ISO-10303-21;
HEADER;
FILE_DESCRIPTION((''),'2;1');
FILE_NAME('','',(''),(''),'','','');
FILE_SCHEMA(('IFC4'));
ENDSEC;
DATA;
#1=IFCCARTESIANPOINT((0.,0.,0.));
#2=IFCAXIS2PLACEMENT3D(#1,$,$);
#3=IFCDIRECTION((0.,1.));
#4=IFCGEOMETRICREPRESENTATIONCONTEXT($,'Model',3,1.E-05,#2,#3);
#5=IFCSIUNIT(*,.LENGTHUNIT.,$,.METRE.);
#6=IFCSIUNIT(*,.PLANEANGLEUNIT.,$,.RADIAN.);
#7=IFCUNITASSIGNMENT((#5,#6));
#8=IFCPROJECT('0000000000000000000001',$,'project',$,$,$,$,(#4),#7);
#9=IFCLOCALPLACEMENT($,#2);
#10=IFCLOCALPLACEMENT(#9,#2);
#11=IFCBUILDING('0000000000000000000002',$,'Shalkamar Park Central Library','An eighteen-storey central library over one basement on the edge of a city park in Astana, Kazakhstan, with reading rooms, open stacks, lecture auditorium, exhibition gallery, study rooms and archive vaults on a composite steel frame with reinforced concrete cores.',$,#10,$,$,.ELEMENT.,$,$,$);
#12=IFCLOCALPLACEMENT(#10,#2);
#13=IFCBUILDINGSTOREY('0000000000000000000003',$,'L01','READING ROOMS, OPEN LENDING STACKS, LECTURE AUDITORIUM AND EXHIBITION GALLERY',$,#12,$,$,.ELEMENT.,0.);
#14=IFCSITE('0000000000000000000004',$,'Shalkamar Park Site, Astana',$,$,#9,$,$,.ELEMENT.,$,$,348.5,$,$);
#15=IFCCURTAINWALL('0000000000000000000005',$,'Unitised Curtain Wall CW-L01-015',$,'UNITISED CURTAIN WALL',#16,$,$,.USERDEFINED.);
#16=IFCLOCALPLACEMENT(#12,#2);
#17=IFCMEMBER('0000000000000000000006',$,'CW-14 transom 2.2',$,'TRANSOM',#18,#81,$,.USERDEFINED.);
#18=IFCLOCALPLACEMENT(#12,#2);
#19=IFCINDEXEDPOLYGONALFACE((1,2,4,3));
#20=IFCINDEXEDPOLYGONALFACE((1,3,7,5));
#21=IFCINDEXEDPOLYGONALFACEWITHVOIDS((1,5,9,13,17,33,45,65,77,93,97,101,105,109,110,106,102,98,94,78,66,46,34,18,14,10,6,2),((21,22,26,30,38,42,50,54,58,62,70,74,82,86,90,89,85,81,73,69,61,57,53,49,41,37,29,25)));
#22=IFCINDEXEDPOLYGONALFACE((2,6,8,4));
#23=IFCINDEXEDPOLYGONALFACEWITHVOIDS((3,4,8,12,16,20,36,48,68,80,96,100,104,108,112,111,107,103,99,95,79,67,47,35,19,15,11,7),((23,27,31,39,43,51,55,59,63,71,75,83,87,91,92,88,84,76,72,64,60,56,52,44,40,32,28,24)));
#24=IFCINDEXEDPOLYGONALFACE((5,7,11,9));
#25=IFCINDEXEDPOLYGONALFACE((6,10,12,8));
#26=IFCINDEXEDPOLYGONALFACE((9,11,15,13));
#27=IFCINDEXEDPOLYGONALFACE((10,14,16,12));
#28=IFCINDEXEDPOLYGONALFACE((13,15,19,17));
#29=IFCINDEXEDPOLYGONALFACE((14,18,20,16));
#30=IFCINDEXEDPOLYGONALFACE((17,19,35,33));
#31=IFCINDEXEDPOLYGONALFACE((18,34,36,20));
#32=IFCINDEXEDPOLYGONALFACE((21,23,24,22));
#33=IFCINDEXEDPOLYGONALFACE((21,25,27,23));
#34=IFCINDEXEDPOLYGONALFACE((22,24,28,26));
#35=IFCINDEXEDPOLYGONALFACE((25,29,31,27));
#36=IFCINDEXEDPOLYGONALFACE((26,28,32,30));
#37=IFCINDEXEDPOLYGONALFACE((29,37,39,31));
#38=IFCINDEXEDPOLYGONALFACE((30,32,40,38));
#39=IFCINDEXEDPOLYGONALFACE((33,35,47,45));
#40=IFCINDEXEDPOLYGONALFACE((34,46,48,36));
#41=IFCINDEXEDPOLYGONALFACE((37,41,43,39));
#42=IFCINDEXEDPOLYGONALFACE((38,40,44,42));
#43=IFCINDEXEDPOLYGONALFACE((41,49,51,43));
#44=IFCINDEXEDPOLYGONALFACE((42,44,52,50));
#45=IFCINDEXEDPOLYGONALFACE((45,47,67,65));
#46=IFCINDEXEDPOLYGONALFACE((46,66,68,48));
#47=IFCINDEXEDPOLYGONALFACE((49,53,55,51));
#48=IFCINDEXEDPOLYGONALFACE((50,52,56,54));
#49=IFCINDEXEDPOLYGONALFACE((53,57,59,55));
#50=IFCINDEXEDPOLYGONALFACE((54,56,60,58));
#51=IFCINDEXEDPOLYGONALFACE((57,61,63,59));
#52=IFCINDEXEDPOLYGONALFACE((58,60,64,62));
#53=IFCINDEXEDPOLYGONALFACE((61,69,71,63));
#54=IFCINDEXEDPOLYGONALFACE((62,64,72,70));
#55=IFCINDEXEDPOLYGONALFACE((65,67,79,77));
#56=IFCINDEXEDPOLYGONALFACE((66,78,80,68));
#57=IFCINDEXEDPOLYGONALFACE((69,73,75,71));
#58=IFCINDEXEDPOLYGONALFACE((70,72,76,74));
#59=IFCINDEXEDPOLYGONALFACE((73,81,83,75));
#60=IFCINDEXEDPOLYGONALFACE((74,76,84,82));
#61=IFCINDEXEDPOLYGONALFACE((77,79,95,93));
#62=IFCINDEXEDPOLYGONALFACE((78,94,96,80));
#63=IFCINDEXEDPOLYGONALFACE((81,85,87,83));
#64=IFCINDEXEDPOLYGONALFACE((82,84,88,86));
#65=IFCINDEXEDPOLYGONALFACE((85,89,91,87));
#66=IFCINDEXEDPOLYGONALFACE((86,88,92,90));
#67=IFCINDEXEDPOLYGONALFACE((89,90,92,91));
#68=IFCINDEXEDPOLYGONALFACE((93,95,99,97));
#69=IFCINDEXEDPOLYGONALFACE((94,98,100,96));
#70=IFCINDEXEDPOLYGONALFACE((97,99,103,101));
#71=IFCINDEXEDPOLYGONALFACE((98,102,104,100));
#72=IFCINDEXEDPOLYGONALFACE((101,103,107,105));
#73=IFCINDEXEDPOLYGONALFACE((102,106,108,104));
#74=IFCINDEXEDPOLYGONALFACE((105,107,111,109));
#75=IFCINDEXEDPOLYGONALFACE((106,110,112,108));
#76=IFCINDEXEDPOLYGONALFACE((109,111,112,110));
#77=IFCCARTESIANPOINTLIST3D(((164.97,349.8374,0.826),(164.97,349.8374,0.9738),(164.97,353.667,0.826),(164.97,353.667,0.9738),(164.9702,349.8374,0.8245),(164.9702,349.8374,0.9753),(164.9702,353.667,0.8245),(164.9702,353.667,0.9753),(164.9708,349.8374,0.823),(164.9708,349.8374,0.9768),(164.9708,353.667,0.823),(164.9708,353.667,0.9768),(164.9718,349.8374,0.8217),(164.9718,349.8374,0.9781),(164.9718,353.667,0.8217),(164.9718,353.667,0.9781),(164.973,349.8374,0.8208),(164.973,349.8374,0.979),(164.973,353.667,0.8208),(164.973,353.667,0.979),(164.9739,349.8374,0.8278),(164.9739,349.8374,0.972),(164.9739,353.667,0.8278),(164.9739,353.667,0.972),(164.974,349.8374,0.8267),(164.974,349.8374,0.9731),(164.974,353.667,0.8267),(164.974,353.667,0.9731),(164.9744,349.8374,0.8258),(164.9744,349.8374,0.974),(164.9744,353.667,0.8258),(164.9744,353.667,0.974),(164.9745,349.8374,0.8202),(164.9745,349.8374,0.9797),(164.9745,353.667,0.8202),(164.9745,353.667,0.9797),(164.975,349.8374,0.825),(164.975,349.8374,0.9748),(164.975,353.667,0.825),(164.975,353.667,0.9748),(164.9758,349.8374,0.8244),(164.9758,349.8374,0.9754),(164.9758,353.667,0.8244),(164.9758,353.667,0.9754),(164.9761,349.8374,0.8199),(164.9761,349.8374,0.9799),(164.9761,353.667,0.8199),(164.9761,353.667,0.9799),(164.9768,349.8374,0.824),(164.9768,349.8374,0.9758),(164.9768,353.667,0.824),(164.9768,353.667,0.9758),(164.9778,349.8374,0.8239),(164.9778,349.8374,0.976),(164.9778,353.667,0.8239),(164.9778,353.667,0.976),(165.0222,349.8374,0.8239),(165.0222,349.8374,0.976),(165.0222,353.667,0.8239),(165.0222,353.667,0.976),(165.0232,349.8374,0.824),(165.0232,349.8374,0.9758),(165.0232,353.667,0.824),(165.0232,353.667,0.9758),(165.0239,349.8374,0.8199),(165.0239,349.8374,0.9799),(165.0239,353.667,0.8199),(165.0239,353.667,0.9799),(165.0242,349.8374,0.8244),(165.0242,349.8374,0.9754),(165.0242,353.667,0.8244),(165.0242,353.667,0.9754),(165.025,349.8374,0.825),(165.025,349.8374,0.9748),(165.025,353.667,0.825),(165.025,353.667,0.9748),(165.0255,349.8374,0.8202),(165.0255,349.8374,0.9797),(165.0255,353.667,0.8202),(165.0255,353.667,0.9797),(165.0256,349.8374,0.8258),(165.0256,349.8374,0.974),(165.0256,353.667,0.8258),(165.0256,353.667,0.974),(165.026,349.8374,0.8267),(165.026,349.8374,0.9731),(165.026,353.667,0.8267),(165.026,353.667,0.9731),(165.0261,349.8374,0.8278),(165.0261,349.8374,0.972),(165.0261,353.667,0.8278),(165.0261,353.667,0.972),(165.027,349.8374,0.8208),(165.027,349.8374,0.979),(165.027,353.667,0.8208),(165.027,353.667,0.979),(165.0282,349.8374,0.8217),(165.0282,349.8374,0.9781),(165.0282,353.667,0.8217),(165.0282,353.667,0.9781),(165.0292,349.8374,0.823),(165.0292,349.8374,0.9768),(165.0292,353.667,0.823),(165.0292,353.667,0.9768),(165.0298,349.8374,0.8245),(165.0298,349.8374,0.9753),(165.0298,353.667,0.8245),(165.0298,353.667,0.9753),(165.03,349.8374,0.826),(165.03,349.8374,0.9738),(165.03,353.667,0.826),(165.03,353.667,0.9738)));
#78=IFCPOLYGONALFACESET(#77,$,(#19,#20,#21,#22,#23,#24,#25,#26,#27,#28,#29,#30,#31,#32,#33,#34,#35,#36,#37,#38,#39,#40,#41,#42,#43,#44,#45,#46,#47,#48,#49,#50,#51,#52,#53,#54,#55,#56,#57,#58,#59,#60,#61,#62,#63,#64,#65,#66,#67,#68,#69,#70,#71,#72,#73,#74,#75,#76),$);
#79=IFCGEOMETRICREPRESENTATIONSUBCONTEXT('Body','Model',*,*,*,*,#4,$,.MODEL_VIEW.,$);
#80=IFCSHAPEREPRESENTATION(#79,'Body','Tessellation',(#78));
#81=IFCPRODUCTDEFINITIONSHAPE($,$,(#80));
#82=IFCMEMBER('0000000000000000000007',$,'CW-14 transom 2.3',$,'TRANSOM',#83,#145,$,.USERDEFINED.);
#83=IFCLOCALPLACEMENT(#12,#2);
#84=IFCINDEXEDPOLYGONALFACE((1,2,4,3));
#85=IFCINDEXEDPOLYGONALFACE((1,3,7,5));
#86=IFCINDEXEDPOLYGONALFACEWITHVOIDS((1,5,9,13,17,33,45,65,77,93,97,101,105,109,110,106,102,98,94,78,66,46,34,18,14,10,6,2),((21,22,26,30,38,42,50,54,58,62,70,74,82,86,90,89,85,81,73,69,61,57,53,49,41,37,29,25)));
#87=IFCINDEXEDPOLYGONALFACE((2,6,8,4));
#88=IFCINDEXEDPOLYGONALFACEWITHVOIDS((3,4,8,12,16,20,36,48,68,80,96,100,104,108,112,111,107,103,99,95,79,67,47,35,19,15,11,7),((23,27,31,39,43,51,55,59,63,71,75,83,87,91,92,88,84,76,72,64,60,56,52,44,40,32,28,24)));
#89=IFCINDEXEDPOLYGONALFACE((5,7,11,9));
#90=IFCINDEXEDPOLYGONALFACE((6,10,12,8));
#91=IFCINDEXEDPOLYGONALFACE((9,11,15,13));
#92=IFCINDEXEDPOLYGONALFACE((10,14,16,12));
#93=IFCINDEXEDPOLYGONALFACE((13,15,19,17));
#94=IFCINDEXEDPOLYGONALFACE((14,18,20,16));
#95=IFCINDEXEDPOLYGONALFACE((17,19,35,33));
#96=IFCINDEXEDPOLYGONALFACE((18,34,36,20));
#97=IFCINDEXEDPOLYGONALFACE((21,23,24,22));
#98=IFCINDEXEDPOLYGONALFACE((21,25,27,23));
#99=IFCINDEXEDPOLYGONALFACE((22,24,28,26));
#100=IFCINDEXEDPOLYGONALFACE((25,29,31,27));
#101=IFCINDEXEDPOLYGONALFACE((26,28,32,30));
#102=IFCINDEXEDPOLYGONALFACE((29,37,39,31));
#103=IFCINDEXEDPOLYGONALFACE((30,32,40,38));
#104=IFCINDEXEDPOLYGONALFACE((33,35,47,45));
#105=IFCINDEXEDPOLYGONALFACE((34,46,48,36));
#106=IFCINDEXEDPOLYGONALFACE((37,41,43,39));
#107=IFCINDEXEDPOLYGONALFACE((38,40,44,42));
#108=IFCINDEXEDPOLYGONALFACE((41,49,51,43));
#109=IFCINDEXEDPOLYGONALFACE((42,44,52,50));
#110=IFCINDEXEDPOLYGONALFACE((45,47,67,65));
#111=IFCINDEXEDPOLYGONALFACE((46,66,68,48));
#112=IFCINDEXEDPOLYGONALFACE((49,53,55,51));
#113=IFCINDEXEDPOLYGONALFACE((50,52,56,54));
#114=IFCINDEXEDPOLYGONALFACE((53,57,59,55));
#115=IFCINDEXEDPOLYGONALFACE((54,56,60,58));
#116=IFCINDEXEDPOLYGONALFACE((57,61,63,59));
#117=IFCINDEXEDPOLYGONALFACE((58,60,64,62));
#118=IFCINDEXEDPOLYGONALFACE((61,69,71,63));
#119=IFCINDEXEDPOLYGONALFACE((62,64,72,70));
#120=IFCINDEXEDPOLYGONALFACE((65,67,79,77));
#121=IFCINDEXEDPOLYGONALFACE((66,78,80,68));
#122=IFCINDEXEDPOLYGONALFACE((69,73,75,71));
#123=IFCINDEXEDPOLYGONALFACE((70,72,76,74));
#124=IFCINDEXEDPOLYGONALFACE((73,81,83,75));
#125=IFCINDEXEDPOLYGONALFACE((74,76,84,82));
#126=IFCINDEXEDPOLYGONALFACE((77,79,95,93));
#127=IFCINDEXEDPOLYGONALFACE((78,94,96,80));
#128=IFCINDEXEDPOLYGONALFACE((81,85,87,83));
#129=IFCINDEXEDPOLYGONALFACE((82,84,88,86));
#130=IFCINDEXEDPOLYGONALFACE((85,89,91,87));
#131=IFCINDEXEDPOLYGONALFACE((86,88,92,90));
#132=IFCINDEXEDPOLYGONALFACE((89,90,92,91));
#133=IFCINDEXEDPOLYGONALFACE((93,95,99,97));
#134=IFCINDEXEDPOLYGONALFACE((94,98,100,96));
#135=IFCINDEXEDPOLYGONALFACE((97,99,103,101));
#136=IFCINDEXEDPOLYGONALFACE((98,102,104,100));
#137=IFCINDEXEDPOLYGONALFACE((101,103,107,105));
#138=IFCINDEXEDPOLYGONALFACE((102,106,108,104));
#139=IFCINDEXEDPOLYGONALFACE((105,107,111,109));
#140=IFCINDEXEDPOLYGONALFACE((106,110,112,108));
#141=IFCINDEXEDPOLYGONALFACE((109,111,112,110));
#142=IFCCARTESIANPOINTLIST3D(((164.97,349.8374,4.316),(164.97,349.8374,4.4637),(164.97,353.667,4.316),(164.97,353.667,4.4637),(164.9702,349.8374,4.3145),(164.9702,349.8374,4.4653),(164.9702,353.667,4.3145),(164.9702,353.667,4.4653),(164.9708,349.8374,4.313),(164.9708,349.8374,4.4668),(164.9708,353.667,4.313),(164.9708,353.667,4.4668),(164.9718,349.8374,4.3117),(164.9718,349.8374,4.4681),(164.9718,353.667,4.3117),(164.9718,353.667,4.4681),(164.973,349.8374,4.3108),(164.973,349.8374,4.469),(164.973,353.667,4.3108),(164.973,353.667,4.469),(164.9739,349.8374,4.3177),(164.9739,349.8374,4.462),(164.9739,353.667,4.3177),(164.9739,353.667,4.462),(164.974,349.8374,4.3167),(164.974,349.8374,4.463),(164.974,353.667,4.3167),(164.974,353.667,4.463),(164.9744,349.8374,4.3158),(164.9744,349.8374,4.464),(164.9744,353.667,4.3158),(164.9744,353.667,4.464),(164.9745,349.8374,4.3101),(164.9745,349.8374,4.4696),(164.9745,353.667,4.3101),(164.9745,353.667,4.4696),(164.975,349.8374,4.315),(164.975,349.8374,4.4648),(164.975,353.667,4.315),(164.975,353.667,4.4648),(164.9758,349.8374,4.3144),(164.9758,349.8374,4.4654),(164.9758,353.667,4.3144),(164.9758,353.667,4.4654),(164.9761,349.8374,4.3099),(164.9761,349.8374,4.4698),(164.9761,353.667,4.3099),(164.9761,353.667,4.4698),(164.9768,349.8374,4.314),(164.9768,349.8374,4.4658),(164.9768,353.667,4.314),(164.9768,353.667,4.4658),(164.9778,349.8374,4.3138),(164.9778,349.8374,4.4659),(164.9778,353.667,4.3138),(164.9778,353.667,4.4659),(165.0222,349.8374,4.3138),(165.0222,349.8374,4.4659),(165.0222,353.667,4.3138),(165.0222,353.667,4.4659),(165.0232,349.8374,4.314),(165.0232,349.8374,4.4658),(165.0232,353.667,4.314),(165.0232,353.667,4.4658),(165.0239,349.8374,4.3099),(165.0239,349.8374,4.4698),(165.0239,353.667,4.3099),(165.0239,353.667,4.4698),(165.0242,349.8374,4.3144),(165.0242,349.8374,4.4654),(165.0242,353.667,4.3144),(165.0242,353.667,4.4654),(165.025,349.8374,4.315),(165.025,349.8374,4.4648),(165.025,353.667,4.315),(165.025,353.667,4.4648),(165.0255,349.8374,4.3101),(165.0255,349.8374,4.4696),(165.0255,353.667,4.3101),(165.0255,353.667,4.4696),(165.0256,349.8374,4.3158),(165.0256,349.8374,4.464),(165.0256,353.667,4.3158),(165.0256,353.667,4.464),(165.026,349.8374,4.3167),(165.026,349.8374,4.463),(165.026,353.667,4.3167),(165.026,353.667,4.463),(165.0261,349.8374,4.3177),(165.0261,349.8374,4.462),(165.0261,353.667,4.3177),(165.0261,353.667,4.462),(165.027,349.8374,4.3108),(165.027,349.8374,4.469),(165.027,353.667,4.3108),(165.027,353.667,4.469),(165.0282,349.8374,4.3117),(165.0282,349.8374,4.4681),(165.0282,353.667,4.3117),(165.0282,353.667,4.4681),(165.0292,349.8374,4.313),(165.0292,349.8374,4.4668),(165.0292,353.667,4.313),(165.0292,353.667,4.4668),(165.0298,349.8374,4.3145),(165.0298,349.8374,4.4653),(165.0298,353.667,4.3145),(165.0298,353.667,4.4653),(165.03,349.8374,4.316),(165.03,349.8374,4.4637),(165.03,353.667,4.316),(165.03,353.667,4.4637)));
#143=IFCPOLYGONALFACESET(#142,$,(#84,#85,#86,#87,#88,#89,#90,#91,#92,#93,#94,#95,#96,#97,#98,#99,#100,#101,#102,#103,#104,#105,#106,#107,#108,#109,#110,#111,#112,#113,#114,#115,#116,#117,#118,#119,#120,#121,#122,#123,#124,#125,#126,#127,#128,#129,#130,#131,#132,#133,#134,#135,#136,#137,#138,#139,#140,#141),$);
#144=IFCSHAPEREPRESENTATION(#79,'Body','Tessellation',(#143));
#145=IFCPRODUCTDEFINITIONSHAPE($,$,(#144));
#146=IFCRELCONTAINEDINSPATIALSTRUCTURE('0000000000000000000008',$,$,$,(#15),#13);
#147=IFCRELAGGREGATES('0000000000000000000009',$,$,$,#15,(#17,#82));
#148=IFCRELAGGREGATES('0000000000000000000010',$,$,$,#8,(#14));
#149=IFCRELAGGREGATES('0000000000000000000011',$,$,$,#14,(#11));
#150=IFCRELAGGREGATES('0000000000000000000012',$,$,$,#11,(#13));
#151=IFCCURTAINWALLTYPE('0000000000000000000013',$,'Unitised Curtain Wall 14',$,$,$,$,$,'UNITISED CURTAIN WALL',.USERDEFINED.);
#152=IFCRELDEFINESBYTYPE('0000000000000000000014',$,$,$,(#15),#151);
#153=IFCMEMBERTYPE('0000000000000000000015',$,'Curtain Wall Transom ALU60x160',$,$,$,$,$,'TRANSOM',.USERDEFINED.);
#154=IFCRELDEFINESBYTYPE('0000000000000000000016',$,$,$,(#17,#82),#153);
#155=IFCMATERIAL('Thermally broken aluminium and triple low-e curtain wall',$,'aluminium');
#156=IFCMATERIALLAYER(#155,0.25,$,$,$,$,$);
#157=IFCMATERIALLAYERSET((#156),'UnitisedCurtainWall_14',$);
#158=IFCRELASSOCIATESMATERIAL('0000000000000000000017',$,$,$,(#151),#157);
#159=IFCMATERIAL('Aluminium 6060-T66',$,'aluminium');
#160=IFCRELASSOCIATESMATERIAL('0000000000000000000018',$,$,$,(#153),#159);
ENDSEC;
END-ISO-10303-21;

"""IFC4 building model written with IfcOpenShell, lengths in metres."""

from ifc_helpers import new_model, si_unit, direction, frame, origin, origin_2d, place, context, subcontext, project, spatial, hollow_rectangle, extrude, material, layer, layer_set, material_profile, profile_set, type_object, element, aggregate, save


model = new_model("IFC4")

# Units and contexts
model_context = context("Model", 3, precision=1e-05, world=origin(), true_north=direction((0.0, 1.0)))
body_context = subcontext(model_context, "Body", "Model", "MODEL_VIEW")
ifc_project = project(units=[si_unit("LENGTHUNIT", "METRE"), si_unit("PLANEANGLEUNIT", "RADIAN")], contexts=[model_context])

# Site, building, storey
site_placement = place(None, origin())
site = spatial("IfcSite", under=ifc_project, at=site_placement, Name="Shalkamar Park Site, Astana", CompositionType="ELEMENT", RefElevation=348.5)
building_placement = place(site_placement, origin())
building = spatial("IfcBuilding", under=site, at=building_placement, Name="Shalkamar Park Central Library", Description="An eighteen-storey central library over one basement on the edge of a city park in Astana, Kazakhstan, with reading rooms, open stacks, lecture auditorium, exhibition gallery, study rooms and archive vaults on a composite steel frame with reinforced concrete cores.", CompositionType="ELEMENT")
storey_placement = place(building_placement, origin())
storey = spatial("IfcBuildingStorey", under=building, at=storey_placement, Name="L01", Description="READING ROOMS, OPEN LENDING STACKS, LECTURE AUDITORIUM AND EXHIBITION GALLERY", CompositionType="ELEMENT", Elevation=0.0)

# Curtain wall
ifc_material_1 = material(Name="Thermally broken aluminium and triple low-e curtain wall", Category="aluminium")
ifc_material_2 = material(Name="Aluminium 6060-T66", Category="aluminium")
ifc_layer_1 = layer(ifc_material_1, 0.25)
ifc_layer_set_1 = layer_set([ifc_layer_1], Name="UnitisedCurtainWall_14")
curtain_wall_type_1 = type_object("IfcCurtainWallType", Name="Unitised Curtain Wall 14", ElementType="UNITISED CURTAIN WALL", PredefinedType="USERDEFINED", material=ifc_layer_set_1)
curtain_wall_1_placement = place(storey_placement, origin())
curtain_wall_1 = element("IfcCurtainWall", 1, at=curtain_wall_1_placement, inside=storey, type_object=curtain_wall_type_1, Name="Unitised Curtain Wall CW-L01-015", ObjectType="UNITISED CURTAIN WALL", PredefinedType="USERDEFINED")

# Members
ifc_material_profile_1 = material_profile(ifc_material_2, hollow_rectangle(XDim=0.0601, YDim=0.1599, WallThickness=0.0039, InnerFilletRadius=0.0039, OuterFilletRadius=0.0061, at=origin_2d()), Name="ALU 60x160x4")
ifc_profile_set_1 = profile_set([ifc_material_profile_1], Name="Aluminium 6060-T66")
member_type_1 = type_object("IfcMemberType", Name="Curtain Wall Transom ALU60x160", ElementType="TRANSOM", PredefinedType="USERDEFINED", material=ifc_profile_set_1)
member_1_placement = place(storey_placement, frame((165.0, 349.8374, 0.8999), z_axis=(0.0, 1.0, 0.0), x_axis=(-1.0, 0.0, 0.0)))
member_1 = element("IfcMember", 2, at=member_1_placement, type_object=member_type_1, Name="CW-14 transom 2.2", ObjectType="TRANSOM", PredefinedType="USERDEFINED", context=body_context, shape_type="SweptSolid", body=[
    extrude(hollow_rectangle(XDim=0.0601, YDim=0.1599, WallThickness=0.0039, InnerFilletRadius=0.0039, OuterFilletRadius=0.0061, at=origin_2d()), origin(), (0.0, 0.0, 1.0), 3.8296),
])
member_2_placement = place(storey_placement, frame((165.0, 349.8374, 4.3899), z_axis=(0.0, 1.0, 0.0), x_axis=(-1.0, 0.0, 0.0)))
member_2 = element("IfcMember", 3, at=member_2_placement, type_object=member_type_1, Name="CW-14 transom 2.3", ObjectType="TRANSOM", PredefinedType="USERDEFINED", context=body_context, shape_type="SweptSolid", body=[
    extrude(hollow_rectangle(XDim=0.0601, YDim=0.1599, WallThickness=0.0039, InnerFilletRadius=0.0039, OuterFilletRadius=0.0061, at=origin_2d()), origin(), (0.0, 0.0, 1.0), 3.8296),
])

aggregate(curtain_wall_1, [member_1, member_2])

save(model, "model.ifc")
